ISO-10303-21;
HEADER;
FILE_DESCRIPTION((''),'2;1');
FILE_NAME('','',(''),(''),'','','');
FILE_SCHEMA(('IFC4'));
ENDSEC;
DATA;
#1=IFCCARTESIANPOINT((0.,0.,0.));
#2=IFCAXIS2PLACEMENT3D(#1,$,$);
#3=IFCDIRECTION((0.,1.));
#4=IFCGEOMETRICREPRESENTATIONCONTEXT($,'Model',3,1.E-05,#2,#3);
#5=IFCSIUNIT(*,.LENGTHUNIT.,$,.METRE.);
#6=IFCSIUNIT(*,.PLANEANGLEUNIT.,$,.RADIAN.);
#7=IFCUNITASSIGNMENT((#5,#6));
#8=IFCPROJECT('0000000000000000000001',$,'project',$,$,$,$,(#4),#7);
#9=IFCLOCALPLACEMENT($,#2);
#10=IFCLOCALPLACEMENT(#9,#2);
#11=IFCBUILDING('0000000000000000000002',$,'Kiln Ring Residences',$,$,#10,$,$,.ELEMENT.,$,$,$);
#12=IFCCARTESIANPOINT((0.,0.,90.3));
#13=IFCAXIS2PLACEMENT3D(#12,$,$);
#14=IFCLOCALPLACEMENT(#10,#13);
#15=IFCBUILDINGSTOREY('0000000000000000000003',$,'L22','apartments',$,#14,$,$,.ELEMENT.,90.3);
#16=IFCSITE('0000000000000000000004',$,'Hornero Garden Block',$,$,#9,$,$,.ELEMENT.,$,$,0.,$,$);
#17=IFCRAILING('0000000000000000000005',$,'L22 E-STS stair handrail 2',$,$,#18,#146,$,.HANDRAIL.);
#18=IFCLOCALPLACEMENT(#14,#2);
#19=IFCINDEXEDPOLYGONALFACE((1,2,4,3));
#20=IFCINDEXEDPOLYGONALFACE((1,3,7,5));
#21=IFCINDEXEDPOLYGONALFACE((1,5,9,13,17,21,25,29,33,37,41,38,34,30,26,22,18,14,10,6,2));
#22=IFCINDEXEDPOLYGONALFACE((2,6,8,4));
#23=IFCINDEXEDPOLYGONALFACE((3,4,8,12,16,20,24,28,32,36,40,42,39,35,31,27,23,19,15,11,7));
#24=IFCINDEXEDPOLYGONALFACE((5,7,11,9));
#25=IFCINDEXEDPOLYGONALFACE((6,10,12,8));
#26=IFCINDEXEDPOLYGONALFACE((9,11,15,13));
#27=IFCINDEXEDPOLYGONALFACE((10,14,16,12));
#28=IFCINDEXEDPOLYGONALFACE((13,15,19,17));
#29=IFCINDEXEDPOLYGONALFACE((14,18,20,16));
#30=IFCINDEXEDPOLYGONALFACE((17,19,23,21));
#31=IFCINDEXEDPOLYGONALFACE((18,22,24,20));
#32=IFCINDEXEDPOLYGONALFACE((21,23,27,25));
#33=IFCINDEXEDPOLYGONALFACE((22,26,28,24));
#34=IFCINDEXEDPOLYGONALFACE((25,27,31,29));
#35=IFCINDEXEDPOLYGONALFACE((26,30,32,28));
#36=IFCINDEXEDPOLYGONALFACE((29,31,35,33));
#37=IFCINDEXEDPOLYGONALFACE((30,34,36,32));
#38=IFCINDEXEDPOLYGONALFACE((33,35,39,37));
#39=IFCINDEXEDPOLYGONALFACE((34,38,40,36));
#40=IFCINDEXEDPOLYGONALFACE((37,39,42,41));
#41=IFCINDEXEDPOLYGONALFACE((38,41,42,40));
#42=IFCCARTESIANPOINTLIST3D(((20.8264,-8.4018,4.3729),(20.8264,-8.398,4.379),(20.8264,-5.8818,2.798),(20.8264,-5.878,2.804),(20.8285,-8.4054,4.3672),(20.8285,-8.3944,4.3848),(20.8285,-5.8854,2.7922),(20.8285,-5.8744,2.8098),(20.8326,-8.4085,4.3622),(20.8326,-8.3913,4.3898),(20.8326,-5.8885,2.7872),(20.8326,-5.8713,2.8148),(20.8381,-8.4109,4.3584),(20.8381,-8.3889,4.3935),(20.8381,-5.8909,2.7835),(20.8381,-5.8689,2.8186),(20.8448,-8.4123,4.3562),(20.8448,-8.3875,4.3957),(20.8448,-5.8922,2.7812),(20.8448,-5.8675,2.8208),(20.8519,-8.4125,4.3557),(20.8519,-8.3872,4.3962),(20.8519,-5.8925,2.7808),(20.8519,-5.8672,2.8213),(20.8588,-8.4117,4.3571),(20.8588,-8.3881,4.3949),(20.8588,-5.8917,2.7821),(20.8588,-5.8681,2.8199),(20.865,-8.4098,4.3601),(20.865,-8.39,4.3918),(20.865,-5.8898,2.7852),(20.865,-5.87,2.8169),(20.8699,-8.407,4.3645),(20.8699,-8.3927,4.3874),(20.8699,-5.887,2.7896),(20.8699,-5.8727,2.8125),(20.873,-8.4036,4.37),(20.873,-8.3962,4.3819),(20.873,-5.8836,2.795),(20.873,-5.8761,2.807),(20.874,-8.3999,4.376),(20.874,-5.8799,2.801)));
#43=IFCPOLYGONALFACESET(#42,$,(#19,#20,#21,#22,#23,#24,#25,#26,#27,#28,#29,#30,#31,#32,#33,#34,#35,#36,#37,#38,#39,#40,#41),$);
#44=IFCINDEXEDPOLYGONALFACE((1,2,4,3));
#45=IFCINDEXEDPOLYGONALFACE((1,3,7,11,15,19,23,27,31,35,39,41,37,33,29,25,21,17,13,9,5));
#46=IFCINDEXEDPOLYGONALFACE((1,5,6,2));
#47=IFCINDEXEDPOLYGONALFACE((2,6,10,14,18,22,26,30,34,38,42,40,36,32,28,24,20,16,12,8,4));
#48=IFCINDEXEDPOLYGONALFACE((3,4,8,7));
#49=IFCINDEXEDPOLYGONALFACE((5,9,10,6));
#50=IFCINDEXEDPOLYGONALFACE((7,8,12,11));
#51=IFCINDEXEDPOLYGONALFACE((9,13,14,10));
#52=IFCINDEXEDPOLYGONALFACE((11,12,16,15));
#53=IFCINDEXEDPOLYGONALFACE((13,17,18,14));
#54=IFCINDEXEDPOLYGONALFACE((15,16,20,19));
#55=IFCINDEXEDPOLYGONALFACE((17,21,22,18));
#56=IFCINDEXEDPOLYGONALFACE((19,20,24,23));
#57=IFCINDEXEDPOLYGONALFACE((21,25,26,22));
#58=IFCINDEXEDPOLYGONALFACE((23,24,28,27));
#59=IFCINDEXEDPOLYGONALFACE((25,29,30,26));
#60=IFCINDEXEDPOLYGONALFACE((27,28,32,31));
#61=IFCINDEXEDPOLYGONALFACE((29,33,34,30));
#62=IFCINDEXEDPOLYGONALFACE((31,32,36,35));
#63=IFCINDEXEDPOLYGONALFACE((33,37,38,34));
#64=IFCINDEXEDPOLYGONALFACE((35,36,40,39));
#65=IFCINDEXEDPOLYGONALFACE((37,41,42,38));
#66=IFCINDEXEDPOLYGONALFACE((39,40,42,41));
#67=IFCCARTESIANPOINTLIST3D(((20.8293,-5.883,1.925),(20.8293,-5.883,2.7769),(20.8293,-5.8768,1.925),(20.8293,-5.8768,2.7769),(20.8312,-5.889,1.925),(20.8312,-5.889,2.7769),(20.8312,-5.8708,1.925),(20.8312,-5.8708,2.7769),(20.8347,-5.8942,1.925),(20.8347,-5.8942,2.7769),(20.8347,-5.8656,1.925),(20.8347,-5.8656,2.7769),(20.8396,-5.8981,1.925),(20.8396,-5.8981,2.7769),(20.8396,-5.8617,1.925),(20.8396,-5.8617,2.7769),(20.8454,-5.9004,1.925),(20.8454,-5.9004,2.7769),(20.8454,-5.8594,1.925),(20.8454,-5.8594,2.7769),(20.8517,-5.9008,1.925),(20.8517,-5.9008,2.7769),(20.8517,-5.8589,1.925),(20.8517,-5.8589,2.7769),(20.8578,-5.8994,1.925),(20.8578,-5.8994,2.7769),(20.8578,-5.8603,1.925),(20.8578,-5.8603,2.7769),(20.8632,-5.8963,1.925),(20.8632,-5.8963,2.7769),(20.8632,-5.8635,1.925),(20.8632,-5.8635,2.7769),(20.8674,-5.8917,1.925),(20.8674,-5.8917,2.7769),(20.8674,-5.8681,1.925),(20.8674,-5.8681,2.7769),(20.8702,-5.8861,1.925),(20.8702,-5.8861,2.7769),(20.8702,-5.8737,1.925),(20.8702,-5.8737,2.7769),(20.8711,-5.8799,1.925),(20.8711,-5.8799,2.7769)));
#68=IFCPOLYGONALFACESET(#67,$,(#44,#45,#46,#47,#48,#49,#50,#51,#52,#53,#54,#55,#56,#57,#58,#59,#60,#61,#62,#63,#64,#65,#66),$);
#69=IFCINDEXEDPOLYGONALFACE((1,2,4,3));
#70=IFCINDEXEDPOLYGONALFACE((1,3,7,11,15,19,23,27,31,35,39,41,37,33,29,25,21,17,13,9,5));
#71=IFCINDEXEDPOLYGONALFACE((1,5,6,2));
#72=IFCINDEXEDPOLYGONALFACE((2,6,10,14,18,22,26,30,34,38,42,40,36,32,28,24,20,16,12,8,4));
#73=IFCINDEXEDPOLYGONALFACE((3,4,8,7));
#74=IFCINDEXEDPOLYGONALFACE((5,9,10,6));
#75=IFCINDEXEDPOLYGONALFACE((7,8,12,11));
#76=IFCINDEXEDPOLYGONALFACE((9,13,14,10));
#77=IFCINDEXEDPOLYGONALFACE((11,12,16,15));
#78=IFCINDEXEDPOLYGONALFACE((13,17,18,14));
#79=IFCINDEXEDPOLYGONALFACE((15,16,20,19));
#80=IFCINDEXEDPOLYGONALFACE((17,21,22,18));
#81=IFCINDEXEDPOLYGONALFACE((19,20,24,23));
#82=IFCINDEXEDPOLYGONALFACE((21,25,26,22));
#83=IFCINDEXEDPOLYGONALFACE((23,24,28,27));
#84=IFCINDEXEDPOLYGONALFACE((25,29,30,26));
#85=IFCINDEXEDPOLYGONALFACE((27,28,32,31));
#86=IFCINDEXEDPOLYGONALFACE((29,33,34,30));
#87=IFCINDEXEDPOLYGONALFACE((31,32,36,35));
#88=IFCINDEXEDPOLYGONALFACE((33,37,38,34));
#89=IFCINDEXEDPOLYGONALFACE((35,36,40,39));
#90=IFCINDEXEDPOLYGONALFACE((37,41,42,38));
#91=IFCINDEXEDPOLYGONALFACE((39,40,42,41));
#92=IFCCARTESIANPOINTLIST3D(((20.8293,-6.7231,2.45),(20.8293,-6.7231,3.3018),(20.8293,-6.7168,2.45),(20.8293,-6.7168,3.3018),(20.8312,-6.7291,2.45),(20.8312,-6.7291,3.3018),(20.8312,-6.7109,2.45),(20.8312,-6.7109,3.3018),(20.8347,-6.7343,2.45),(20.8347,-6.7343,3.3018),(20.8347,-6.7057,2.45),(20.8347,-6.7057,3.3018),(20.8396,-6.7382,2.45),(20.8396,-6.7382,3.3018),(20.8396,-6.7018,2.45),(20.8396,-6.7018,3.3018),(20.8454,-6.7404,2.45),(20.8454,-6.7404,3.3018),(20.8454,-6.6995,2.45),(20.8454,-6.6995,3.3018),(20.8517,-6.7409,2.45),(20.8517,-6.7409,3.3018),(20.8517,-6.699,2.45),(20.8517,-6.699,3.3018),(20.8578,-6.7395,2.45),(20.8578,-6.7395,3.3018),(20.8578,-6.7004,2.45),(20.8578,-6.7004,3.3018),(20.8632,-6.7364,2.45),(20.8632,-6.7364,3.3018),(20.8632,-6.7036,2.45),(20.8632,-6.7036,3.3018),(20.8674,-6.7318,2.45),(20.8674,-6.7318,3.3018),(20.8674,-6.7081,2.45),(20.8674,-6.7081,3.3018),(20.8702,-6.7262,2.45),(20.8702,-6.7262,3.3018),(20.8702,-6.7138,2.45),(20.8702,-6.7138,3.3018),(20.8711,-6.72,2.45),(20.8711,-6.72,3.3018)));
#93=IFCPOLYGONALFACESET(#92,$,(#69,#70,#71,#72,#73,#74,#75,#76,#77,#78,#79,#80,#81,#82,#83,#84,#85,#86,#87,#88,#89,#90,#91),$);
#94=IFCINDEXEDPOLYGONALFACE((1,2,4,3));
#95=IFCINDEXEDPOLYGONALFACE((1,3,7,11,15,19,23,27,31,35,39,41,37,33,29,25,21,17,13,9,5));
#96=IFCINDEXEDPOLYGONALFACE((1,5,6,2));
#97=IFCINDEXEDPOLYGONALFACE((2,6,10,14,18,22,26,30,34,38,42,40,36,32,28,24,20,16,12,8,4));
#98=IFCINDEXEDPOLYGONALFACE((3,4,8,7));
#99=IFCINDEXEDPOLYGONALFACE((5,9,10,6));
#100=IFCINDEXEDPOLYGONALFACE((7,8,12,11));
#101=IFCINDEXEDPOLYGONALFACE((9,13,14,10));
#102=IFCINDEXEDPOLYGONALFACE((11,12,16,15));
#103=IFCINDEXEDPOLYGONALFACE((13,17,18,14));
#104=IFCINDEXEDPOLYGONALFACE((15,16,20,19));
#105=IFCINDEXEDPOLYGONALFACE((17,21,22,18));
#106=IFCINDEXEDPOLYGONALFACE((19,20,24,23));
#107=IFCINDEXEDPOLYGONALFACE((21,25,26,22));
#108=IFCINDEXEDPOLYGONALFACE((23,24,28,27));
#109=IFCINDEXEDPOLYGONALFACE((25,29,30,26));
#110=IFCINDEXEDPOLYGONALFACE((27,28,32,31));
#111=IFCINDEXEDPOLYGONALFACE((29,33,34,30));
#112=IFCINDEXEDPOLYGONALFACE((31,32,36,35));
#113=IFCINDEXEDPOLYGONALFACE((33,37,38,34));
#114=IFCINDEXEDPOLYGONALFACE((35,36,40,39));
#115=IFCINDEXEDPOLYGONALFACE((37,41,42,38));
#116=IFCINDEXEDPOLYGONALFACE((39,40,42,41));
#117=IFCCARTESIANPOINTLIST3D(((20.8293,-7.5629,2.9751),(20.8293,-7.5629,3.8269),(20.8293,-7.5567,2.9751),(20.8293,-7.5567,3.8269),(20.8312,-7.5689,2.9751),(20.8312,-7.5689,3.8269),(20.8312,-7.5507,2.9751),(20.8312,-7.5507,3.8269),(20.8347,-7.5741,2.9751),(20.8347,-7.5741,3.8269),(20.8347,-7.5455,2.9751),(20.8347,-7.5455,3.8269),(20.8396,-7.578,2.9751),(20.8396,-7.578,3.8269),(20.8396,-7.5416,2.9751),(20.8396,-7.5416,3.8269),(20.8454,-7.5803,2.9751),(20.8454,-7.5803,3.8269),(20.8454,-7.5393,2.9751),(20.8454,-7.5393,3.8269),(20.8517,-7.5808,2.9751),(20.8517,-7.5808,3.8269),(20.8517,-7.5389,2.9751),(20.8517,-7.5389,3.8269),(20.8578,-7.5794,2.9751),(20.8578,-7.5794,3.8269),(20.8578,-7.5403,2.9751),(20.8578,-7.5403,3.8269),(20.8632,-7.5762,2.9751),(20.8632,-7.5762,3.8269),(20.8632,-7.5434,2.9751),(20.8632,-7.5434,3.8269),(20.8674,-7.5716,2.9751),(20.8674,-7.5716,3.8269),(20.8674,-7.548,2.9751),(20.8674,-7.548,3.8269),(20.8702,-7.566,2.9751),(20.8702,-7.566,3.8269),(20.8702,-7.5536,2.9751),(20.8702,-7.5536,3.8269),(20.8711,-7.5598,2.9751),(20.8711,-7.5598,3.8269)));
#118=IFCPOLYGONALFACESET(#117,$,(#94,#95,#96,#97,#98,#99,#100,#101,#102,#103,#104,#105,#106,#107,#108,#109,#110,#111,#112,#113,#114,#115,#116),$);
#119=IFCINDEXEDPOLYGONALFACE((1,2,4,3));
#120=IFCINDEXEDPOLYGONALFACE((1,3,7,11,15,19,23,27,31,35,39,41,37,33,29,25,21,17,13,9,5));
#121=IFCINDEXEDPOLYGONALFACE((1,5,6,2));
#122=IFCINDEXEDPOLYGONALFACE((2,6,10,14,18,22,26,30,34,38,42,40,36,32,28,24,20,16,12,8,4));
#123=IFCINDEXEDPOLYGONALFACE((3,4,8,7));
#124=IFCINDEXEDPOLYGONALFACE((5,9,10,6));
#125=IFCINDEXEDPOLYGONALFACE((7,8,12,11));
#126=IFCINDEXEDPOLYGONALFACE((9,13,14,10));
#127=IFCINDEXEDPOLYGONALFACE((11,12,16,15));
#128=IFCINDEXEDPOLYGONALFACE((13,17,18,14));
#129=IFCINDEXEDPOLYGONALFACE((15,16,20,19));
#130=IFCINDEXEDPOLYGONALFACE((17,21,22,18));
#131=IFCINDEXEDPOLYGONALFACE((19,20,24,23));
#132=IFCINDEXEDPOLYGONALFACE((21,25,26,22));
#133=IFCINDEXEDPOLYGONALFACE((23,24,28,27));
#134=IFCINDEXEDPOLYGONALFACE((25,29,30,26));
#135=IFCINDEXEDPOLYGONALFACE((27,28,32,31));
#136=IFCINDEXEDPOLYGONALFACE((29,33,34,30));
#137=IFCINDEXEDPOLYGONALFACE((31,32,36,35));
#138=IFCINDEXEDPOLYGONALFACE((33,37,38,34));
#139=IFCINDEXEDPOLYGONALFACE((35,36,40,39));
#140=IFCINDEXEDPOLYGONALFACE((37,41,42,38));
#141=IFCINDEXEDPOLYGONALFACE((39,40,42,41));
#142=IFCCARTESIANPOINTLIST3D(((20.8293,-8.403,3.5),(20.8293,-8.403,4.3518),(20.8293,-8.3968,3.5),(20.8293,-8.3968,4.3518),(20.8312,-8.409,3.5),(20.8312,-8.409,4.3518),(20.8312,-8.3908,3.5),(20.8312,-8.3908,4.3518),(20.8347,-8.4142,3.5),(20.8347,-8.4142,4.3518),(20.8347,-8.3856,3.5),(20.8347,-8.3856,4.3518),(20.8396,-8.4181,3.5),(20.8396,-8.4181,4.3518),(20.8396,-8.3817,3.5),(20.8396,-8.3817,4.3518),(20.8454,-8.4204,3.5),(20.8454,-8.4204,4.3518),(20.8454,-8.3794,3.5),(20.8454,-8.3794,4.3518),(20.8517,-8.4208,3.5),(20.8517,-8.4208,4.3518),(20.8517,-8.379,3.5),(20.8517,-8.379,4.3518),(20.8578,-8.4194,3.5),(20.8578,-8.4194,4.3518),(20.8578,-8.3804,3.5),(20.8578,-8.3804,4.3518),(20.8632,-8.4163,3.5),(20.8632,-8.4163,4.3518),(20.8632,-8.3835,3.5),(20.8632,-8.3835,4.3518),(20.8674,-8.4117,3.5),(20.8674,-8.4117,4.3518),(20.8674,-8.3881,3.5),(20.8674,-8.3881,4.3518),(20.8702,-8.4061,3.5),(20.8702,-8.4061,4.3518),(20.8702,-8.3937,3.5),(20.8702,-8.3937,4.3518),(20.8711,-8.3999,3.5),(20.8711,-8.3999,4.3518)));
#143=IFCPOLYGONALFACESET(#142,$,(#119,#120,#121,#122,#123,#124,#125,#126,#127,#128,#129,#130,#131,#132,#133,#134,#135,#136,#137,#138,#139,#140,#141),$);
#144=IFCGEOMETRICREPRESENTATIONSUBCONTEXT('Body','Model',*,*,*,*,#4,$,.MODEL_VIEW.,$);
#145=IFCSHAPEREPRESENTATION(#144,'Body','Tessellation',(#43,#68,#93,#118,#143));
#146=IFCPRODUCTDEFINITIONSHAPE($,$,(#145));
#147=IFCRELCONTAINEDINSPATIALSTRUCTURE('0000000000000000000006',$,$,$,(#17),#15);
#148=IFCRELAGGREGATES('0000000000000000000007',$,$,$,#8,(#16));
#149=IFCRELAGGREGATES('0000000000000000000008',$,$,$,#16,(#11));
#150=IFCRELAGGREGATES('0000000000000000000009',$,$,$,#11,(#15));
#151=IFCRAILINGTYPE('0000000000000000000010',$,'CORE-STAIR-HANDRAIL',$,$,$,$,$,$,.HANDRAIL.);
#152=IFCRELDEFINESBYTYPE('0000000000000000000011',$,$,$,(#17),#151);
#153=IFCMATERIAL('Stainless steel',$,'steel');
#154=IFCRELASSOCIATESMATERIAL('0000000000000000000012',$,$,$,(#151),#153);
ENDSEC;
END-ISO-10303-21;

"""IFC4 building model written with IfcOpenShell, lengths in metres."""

from ifc_helpers import new_model, si_unit, direction, frame, origin, origin_2d, place, context, subcontext, project, spatial, circle, extrude, material, type_object, element, save


model = new_model("IFC4")

# Units and contexts
model_context = context("Model", 3, precision=1e-05, world=origin(), true_north=direction((0.0, 1.0)))
body_context = subcontext(model_context, "Body", "Model", "MODEL_VIEW")
ifc_project = project(units=[si_unit("LENGTHUNIT", "METRE"), si_unit("PLANEANGLEUNIT", "RADIAN")], contexts=[model_context])

# Site, building, storey
site_placement = place(None, origin())
site = spatial("IfcSite", under=ifc_project, at=site_placement, Name="Hornero Garden Block", CompositionType="ELEMENT", RefElevation=0.0)
building_placement = place(site_placement, origin())
building = spatial("IfcBuilding", under=site, at=building_placement, Name="Kiln Ring Residences", CompositionType="ELEMENT")
storey_placement = place(building_placement, frame((0.0, 0.0, 90.3)))
storey = spatial("IfcBuildingStorey", under=building, at=storey_placement, Name="L22", Description="apartments", CompositionType="ELEMENT", Elevation=90.3)

# Railing
ifc_material_1 = material(Name="Stainless steel", Category="steel")
railing_type_1 = type_object("IfcRailingType", Name="CORE-STAIR-HANDRAIL", PredefinedType="HANDRAIL", material=ifc_material_1)
railing_1_placement = place(storey_placement, frame((20.8501, -5.8799, 1.925)))
element("IfcRailing", 1, at=railing_1_placement, inside=storey, type_object=railing_type_1, Name="L22 E-STS stair handrail 2", PredefinedType="HANDRAIL", context=body_context, shape_type="SweptSolid", body=[
    extrude(circle(Radius=0.0239, at=origin_2d()), frame((0.0, 0.0, 0.876), z_axis=(0.0, -0.848008, 0.529984), x_axis=(1.0, 0.0, 0.0)), (0.0, 0.0, 1.0), 2.9717),
    extrude(circle(Radius=0.021, at=origin_2d()), origin(), (0.0, 0.0, 1.0), 0.8518),
    extrude(circle(Radius=0.021, at=origin_2d()), frame((0.0, -0.8401, 0.5249)), (0.0, 0.0, 1.0), 0.8518),
    extrude(circle(Radius=0.021, at=origin_2d()), frame((0.0, -1.6799, 1.05)), (0.0, 0.0, 1.0), 0.8518),
    extrude(circle(Radius=0.021, at=origin_2d()), frame((0.0, -2.52, 1.575)), (0.0, 0.0, 1.0), 0.8518),
])

save(model, "model.ifc")
